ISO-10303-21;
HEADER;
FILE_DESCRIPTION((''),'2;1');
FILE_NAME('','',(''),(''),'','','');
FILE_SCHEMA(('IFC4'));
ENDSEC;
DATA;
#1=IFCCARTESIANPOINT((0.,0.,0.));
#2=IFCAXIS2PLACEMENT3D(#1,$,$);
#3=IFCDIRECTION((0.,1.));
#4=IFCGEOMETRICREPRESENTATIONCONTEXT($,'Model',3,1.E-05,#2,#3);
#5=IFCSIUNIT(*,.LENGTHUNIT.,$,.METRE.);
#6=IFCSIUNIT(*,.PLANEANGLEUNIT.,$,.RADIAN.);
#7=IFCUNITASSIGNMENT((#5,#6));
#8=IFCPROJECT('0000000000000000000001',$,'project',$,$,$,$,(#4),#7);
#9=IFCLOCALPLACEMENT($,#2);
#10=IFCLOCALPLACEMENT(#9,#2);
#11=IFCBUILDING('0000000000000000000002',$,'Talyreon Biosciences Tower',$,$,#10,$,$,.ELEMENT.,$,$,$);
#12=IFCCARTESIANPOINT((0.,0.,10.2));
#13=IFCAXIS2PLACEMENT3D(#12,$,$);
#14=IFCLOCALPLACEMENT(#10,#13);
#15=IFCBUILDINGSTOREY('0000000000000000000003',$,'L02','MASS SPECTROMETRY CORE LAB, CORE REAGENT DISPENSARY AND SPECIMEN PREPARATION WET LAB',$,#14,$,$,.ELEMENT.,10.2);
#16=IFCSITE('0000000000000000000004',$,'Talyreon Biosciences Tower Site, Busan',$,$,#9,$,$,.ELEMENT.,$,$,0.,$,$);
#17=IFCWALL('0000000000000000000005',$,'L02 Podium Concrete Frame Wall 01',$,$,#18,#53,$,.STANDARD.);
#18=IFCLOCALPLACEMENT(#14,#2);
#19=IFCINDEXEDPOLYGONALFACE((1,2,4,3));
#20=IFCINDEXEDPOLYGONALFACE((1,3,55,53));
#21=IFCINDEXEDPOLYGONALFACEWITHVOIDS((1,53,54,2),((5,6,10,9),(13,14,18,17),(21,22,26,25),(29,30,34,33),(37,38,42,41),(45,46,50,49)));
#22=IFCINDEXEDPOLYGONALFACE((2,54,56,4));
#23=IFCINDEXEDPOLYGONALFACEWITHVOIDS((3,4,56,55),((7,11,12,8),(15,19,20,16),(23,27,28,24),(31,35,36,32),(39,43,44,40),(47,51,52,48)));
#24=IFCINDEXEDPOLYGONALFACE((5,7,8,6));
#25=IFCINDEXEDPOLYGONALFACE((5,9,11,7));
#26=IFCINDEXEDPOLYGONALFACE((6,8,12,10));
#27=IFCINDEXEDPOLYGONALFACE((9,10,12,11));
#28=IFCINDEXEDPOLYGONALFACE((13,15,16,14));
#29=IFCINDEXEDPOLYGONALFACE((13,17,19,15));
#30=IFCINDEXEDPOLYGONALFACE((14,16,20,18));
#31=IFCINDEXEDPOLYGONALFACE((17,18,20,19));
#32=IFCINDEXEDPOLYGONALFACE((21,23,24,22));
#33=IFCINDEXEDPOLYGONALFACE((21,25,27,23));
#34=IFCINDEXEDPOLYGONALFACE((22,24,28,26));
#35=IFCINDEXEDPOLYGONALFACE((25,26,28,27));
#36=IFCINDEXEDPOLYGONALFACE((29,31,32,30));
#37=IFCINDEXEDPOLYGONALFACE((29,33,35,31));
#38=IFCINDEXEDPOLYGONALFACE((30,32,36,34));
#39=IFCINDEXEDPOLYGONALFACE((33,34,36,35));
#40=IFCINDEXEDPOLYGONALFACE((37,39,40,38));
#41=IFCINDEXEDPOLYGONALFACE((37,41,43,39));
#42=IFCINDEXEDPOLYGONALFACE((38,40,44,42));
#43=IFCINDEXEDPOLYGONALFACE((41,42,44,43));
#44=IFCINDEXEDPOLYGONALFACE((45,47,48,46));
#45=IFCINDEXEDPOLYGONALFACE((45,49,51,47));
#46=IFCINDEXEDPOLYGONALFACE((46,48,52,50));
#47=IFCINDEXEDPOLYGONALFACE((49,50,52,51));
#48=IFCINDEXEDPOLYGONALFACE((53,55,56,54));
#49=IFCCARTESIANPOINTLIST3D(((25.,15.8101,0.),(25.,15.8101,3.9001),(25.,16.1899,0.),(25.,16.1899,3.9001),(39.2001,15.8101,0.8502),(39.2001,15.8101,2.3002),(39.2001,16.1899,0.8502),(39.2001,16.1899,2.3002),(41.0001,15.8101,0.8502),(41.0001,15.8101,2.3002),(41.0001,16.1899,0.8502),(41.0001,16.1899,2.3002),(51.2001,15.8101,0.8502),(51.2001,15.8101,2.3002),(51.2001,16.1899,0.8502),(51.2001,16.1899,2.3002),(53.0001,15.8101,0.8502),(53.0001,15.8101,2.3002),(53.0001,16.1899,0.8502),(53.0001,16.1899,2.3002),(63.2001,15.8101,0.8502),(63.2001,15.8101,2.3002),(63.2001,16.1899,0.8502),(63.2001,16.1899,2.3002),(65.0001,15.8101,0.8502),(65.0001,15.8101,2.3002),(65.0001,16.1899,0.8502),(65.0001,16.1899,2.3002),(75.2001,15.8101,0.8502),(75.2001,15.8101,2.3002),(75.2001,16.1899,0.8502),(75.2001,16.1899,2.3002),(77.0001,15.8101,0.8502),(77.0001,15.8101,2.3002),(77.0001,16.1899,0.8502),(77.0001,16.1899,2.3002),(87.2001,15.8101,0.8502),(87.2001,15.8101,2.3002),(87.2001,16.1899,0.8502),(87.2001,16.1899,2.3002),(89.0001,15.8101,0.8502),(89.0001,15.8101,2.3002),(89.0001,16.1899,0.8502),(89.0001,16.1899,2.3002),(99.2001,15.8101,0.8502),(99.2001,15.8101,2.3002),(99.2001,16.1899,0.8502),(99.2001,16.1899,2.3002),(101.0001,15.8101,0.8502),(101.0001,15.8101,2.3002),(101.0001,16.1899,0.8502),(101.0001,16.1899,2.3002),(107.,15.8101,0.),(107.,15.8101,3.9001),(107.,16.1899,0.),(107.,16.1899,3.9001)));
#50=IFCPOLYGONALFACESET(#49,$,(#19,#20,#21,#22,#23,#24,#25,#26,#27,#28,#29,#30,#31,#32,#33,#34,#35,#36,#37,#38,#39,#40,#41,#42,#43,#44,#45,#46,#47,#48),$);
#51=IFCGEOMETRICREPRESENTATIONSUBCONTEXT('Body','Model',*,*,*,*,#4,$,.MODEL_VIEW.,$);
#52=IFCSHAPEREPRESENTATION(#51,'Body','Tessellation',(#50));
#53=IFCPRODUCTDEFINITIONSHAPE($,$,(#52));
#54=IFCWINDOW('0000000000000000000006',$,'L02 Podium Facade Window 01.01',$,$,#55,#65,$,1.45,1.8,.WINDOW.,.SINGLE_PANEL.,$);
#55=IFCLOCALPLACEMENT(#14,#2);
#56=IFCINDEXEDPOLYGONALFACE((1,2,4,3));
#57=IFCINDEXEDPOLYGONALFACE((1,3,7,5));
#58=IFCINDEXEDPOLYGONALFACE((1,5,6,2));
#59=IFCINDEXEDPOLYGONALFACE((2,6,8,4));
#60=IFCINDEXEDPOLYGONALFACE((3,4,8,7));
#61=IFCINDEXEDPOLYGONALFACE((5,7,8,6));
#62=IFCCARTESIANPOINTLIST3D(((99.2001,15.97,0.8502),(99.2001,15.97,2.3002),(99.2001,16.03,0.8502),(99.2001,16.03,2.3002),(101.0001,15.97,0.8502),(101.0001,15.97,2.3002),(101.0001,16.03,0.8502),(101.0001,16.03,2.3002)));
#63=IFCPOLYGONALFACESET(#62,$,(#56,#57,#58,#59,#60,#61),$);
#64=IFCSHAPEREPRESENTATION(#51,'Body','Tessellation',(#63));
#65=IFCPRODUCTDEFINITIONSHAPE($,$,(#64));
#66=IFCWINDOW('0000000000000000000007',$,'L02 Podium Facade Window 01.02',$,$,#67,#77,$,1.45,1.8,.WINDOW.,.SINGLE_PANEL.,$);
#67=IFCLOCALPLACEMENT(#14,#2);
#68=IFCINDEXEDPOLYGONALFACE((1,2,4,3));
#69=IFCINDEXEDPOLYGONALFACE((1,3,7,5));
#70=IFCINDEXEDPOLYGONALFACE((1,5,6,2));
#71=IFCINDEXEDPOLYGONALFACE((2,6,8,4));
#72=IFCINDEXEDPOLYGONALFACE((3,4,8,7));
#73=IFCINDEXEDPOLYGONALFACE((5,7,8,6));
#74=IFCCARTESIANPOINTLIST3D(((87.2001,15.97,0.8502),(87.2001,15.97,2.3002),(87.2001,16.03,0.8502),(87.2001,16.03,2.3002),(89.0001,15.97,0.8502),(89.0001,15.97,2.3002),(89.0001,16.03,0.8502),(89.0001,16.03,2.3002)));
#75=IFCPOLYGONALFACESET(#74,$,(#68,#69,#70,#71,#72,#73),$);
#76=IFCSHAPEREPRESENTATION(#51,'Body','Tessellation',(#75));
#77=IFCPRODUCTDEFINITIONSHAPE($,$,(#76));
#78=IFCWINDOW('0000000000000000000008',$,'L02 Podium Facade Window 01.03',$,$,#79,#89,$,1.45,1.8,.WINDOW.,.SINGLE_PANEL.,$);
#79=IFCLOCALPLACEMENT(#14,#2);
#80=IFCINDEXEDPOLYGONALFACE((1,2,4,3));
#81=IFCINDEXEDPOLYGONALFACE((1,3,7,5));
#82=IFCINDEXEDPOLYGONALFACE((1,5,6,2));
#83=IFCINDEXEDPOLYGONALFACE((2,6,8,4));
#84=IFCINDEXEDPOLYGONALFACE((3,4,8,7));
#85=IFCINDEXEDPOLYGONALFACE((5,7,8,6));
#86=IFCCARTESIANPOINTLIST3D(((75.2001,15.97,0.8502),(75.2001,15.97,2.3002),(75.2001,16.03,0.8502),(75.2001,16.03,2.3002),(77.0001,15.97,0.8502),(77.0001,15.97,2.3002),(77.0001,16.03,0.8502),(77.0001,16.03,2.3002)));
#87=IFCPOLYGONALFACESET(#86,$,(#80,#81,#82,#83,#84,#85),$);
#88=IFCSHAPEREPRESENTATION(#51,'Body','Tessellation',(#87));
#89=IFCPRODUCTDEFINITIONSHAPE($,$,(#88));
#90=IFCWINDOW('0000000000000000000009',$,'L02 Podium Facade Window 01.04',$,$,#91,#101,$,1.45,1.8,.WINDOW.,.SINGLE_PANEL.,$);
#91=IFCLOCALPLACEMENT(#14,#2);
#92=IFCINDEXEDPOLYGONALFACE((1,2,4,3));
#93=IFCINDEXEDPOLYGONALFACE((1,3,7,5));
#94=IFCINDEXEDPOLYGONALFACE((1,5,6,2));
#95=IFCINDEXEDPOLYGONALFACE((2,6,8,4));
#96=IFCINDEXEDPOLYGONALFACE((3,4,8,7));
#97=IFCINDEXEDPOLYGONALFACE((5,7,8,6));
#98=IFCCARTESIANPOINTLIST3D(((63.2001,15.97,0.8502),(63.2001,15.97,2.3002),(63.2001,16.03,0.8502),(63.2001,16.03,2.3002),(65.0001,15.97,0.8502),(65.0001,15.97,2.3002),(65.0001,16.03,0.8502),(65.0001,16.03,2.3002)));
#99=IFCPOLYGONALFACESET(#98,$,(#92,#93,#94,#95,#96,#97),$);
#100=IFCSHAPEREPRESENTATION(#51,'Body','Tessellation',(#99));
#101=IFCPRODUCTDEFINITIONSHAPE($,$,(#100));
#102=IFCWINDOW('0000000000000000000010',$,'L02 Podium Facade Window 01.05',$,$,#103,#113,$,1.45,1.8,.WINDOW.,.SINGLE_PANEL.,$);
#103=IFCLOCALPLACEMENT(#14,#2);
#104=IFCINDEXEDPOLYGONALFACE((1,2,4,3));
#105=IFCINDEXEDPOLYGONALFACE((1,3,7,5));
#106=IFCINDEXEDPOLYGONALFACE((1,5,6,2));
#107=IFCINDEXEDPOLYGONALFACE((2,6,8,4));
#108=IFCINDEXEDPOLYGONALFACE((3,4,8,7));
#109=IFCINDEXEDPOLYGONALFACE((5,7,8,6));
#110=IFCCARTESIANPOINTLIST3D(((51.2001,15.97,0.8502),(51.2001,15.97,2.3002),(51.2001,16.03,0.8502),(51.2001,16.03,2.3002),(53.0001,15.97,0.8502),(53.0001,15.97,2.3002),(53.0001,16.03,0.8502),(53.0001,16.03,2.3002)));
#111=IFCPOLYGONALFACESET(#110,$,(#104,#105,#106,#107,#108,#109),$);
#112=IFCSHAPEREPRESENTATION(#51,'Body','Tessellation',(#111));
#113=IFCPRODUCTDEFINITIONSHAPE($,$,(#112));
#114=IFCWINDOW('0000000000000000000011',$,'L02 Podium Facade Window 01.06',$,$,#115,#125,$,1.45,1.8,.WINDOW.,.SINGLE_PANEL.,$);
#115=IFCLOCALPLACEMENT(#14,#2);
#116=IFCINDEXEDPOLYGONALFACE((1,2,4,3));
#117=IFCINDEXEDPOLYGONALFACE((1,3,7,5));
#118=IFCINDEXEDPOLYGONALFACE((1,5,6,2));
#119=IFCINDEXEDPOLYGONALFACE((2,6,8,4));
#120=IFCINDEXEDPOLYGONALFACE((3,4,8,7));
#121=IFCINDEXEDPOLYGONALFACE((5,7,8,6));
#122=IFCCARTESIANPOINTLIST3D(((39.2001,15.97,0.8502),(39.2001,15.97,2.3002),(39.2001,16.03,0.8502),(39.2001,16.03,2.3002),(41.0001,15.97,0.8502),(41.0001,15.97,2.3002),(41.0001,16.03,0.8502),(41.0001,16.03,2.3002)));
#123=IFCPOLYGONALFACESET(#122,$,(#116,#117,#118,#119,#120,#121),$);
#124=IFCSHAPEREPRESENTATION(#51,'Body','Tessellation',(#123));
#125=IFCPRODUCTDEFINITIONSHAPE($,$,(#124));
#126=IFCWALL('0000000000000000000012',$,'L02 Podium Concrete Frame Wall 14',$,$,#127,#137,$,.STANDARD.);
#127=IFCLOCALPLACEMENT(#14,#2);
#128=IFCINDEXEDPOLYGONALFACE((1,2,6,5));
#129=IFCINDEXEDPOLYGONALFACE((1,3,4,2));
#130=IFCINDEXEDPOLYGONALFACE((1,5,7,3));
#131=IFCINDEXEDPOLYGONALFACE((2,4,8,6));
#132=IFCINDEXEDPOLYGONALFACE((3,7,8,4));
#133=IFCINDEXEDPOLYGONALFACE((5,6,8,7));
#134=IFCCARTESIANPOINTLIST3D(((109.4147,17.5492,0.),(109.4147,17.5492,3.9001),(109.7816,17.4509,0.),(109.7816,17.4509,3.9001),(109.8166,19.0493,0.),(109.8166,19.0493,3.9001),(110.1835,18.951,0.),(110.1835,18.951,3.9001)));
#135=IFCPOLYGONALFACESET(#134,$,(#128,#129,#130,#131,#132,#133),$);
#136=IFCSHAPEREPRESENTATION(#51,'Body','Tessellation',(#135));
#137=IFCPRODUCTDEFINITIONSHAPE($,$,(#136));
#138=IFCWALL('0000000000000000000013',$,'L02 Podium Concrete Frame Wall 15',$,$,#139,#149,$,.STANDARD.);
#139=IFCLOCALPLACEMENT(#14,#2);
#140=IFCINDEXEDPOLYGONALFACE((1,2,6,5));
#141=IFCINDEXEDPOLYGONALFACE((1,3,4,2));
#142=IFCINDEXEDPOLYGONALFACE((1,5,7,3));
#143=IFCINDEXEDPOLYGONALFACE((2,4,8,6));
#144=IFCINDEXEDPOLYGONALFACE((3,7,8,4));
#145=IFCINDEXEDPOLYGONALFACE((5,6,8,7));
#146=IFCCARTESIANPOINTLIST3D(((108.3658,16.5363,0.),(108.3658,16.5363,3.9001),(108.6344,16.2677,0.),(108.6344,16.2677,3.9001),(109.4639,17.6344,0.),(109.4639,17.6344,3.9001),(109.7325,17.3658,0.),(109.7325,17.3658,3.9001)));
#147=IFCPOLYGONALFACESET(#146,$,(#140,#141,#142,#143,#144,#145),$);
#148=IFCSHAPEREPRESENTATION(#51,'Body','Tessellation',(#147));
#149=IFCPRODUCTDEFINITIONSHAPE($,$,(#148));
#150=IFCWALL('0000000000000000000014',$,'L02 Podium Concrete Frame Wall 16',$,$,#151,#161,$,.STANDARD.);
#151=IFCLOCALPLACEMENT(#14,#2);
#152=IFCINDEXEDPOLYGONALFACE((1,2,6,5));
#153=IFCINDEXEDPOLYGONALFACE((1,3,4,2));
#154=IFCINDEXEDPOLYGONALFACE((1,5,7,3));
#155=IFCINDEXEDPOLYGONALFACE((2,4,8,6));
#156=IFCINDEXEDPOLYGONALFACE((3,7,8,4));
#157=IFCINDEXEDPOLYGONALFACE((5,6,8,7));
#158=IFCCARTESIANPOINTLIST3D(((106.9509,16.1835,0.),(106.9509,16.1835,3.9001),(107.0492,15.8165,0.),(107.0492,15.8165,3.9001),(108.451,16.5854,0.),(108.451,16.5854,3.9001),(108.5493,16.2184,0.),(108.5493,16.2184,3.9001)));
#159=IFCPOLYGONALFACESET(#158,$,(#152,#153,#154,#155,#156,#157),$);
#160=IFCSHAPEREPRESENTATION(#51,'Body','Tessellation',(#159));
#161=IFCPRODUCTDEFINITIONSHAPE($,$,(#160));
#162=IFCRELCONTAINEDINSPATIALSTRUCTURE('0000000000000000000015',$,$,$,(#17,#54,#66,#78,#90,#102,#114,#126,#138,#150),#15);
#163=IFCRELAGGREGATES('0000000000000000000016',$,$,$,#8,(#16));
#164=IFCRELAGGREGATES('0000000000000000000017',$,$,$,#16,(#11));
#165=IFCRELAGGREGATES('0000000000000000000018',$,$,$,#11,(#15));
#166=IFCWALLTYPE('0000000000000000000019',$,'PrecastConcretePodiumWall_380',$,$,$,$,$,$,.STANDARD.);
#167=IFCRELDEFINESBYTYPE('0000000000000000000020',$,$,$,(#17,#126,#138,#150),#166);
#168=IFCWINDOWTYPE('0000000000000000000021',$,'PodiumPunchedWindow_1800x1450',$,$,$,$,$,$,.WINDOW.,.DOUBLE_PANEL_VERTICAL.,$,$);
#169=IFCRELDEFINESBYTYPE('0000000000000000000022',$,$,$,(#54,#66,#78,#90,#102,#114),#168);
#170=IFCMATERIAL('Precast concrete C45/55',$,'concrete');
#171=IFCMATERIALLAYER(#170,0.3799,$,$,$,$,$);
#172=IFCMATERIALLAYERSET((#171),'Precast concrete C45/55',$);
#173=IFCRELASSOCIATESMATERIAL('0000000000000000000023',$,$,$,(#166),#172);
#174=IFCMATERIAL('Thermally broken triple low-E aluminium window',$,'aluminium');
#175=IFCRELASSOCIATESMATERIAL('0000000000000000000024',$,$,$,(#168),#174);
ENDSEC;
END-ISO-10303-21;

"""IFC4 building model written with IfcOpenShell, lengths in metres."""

from ifc_helpers import new_model, si_unit, direction, frame, frame_2d, origin, place, context, subcontext, project, spatial, rectangle, extrude, material, layer, layer_set, type_object, element, fill, save


model = new_model("IFC4")

# Units and contexts
model_context = context("Model", 3, precision=1e-05, world=origin(), true_north=direction((0.0, 1.0)))
body_context = subcontext(model_context, "Body", "Model", "MODEL_VIEW")
ifc_project = project(units=[si_unit("LENGTHUNIT", "METRE"), si_unit("PLANEANGLEUNIT", "RADIAN")], contexts=[model_context])

# Site, building, storey
site_placement = place(None, origin())
site = spatial("IfcSite", under=ifc_project, at=site_placement, Name="Talyreon Biosciences Tower Site, Busan", CompositionType="ELEMENT", RefElevation=0.0)
building_placement = place(site_placement, origin())
building = spatial("IfcBuilding", under=site, at=building_placement, Name="Talyreon Biosciences Tower", CompositionType="ELEMENT")
storey_placement = place(building_placement, frame((0.0, 0.0, 10.2)))
storey = spatial("IfcBuildingStorey", under=building, at=storey_placement, Name="L02", Description="MASS SPECTROMETRY CORE LAB, CORE REAGENT DISPENSARY AND SPECIMEN PREPARATION WET LAB", CompositionType="ELEMENT", Elevation=10.2)

# Wall, openings, windows
ifc_material_1 = material(Name="Precast concrete C45/55", Category="concrete")
ifc_layer = layer(ifc_material_1, 0.3799)
ifc_layer_set = layer_set([ifc_layer], Name="Precast concrete C45/55")
wall_type = type_object("IfcWallType", Name="PrecastConcretePodiumWall_380", PredefinedType="STANDARD", material=ifc_layer_set)
wall_placement = place(storey_placement, frame((107.0, 16.0, 0.0), z_axis=(0.0, 0.0, 1.0), x_axis=(-1.0, 0.0, 0.0)))
wall = element("IfcWall", 1, at=wall_placement, inside=storey, type_object=wall_type, Name="L02 Podium Concrete Frame Wall 01", PredefinedType="STANDARD", context=body_context, shape_type="SweptSolid", body=[
    extrude(rectangle(XDim=82.0, YDim=0.3799, at=frame_2d((41.0, 0.0))), origin(), (0.0, 0.0, 1.0), 3.9001),
])
opening_1_placement = place(wall_placement, frame((6.0, 0.0, 0.8501)))
opening_1 = element("IfcOpeningElement", 2, at=opening_1_placement, cuts=wall, PredefinedType="OPENING", context=body_context, shape_type="SweptSolid", body=[
    extrude(rectangle(XDim=1.8, YDim=1.45, at=frame_2d((0.8999, 0.7251))), frame((0.0, 0.2, 0.0), z_axis=(0.0, -1.0, 0.0), x_axis=(1.0, 0.0, 0.0)), (0.0, 0.0, 1.0), 0.3999),
])
opening_2_placement = place(wall_placement, frame((18.0, 0.0, 0.8501)))
opening_2 = element("IfcOpeningElement", 3, at=opening_2_placement, cuts=wall, PredefinedType="OPENING", context=body_context, shape_type="SweptSolid", body=[
    extrude(rectangle(XDim=1.8, YDim=1.45, at=frame_2d((0.8999, 0.7251))), frame((0.0, 0.2, 0.0), z_axis=(0.0, -1.0, 0.0), x_axis=(1.0, 0.0, 0.0)), (0.0, 0.0, 1.0), 0.3999),
])
opening_3_placement = place(wall_placement, frame((30.0, 0.0, 0.8501)))
opening_3 = element("IfcOpeningElement", 4, at=opening_3_placement, cuts=wall, PredefinedType="OPENING", context=body_context, shape_type="SweptSolid", body=[
    extrude(rectangle(XDim=1.8, YDim=1.45, at=frame_2d((0.8999, 0.7251))), frame((0.0, 0.2, 0.0), z_axis=(0.0, -1.0, 0.0), x_axis=(1.0, 0.0, 0.0)), (0.0, 0.0, 1.0), 0.3999),
])
opening_4_placement = place(wall_placement, frame((42.0, 0.0, 0.8501)))
opening_4 = element("IfcOpeningElement", 5, at=opening_4_placement, cuts=wall, PredefinedType="OPENING", context=body_context, shape_type="SweptSolid", body=[
    extrude(rectangle(XDim=1.8, YDim=1.45, at=frame_2d((0.8999, 0.7251))), frame((0.0, 0.2, 0.0), z_axis=(0.0, -1.0, 0.0), x_axis=(1.0, 0.0, 0.0)), (0.0, 0.0, 1.0), 0.3999),
])
opening_5_placement = place(wall_placement, frame((54.0, 0.0, 0.8501)))
opening_5 = element("IfcOpeningElement", 6, at=opening_5_placement, cuts=wall, PredefinedType="OPENING", context=body_context, shape_type="SweptSolid", body=[
    extrude(rectangle(XDim=1.8, YDim=1.45, at=frame_2d((0.8999, 0.7251))), frame((0.0, 0.2, 0.0), z_axis=(0.0, -1.0, 0.0), x_axis=(1.0, 0.0, 0.0)), (0.0, 0.0, 1.0), 0.3999),
])
opening_6_placement = place(wall_placement, frame((66.0, 0.0, 0.8501)))
opening_6 = element("IfcOpeningElement", 7, at=opening_6_placement, cuts=wall, PredefinedType="OPENING", context=body_context, shape_type="SweptSolid", body=[
    extrude(rectangle(XDim=1.8, YDim=1.45, at=frame_2d((0.8999, 0.7251))), frame((0.0, 0.2, 0.0), z_axis=(0.0, -1.0, 0.0), x_axis=(1.0, 0.0, 0.0)), (0.0, 0.0, 1.0), 0.3999),
])
ifc_material_2 = material(Name="Thermally broken triple low-E aluminium window", Category="aluminium")
window_type = type_object("IfcWindowType", Name="PodiumPunchedWindow_1800x1450", PartitioningType="DOUBLE_PANEL_VERTICAL", PredefinedType="WINDOW", material=ifc_material_2)
window_1_placement = place(opening_1_placement, origin())
window_1 = element("IfcWindow", 8, at=window_1_placement, inside=storey, type_object=window_type, Name="L02 Podium Facade Window 01.01", OverallHeight=1.45, OverallWidth=1.8, PartitioningType="SINGLE_PANEL", PredefinedType="WINDOW", context=body_context, shape_type="SweptSolid", body=[
    extrude(rectangle(XDim=1.8, YDim=1.45, at=frame_2d((0.8999, 0.7251))), frame((0.0, 0.03, 0.0), z_axis=(0.0, -1.0, 0.0), x_axis=(1.0, 0.0, 0.0)), (0.0, 0.0, 1.0), 0.0601),
])
fill(opening_1, window_1)
window_2_placement = place(opening_2_placement, origin())
window_2 = element("IfcWindow", 9, at=window_2_placement, inside=storey, type_object=window_type, Name="L02 Podium Facade Window 01.02", OverallHeight=1.45, OverallWidth=1.8, PartitioningType="SINGLE_PANEL", PredefinedType="WINDOW", context=body_context, shape_type="SweptSolid", body=[
    extrude(rectangle(XDim=1.8, YDim=1.45, at=frame_2d((0.8999, 0.7251))), frame((0.0, 0.03, 0.0), z_axis=(0.0, -1.0, 0.0), x_axis=(1.0, 0.0, 0.0)), (0.0, 0.0, 1.0), 0.0601),
])
fill(opening_2, window_2)
window_3_placement = place(opening_3_placement, origin())
window_3 = element("IfcWindow", 10, at=window_3_placement, inside=storey, type_object=window_type, Name="L02 Podium Facade Window 01.03", OverallHeight=1.45, OverallWidth=1.8, PartitioningType="SINGLE_PANEL", PredefinedType="WINDOW", context=body_context, shape_type="SweptSolid", body=[
    extrude(rectangle(XDim=1.8, YDim=1.45, at=frame_2d((0.8999, 0.7251))), frame((0.0, 0.03, 0.0), z_axis=(0.0, -1.0, 0.0), x_axis=(1.0, 0.0, 0.0)), (0.0, 0.0, 1.0), 0.0601),
])
fill(opening_3, window_3)
window_4_placement = place(opening_4_placement, origin())
window_4 = element("IfcWindow", 11, at=window_4_placement, inside=storey, type_object=window_type, Name="L02 Podium Facade Window 01.04", OverallHeight=1.45, OverallWidth=1.8, PartitioningType="SINGLE_PANEL", PredefinedType="WINDOW", context=body_context, shape_type="SweptSolid", body=[
    extrude(rectangle(XDim=1.8, YDim=1.45, at=frame_2d((0.8999, 0.7251))), frame((0.0, 0.03, 0.0), z_axis=(0.0, -1.0, 0.0), x_axis=(1.0, 0.0, 0.0)), (0.0, 0.0, 1.0), 0.0601),
])
fill(opening_4, window_4)
window_5_placement = place(opening_5_placement, origin())
window_5 = element("IfcWindow", 12, at=window_5_placement, inside=storey, type_object=window_type, Name="L02 Podium Facade Window 01.05", OverallHeight=1.45, OverallWidth=1.8, PartitioningType="SINGLE_PANEL", PredefinedType="WINDOW", context=body_context, shape_type="SweptSolid", body=[
    extrude(rectangle(XDim=1.8, YDim=1.45, at=frame_2d((0.8999, 0.7251))), frame((0.0, 0.03, 0.0), z_axis=(0.0, -1.0, 0.0), x_axis=(1.0, 0.0, 0.0)), (0.0, 0.0, 1.0), 0.0601),
])
fill(opening_5, window_5)
window_6_placement = place(opening_6_placement, origin())
window_6 = element("IfcWindow", 13, at=window_6_placement, inside=storey, type_object=window_type, Name="L02 Podium Facade Window 01.06", OverallHeight=1.45, OverallWidth=1.8, PartitioningType="SINGLE_PANEL", PredefinedType="WINDOW", context=body_context, shape_type="SweptSolid", body=[
    extrude(rectangle(XDim=1.8, YDim=1.45, at=frame_2d((0.8999, 0.7251))), frame((0.0, 0.03, 0.0), z_axis=(0.0, -1.0, 0.0), x_axis=(1.0, 0.0, 0.0)), (0.0, 0.0, 1.0), 0.0601),
])
fill(opening_6, window_6)

# Walls
for number, where, z_axis, x_axis, name in (
    (14, (110.0, 19.0, 0.0), (0.0, 0.0, 1.0), (-0.258778, -0.965937, 0.0), "L02 Podium Concrete Frame Wall 14"),
    (15, (109.5981, 17.5, 0.0), (0.0, 0.0, 1.0), (-0.707107, -0.707107, 0.0), "L02 Podium Concrete Frame Wall 15"),
    (16, (108.5, 16.4019, 0.0), (0.0, 0.0, 1.0), (-0.965937, -0.258778, 0.0), "L02 Podium Concrete Frame Wall 16"),
):
    element("IfcWall", number, at=place(storey_placement, frame(where, z_axis=z_axis, x_axis=x_axis)), inside=storey, type_object=wall_type, Name=name, PredefinedType="STANDARD", context=body_context, shape_type="SweptSolid", body=[
        extrude(rectangle(XDim=1.553, YDim=0.3799, at=frame_2d((0.7764, 0.0))), origin(), (0.0, 0.0, 1.0), 3.9001),
    ])

save(model, "model.ifc")
